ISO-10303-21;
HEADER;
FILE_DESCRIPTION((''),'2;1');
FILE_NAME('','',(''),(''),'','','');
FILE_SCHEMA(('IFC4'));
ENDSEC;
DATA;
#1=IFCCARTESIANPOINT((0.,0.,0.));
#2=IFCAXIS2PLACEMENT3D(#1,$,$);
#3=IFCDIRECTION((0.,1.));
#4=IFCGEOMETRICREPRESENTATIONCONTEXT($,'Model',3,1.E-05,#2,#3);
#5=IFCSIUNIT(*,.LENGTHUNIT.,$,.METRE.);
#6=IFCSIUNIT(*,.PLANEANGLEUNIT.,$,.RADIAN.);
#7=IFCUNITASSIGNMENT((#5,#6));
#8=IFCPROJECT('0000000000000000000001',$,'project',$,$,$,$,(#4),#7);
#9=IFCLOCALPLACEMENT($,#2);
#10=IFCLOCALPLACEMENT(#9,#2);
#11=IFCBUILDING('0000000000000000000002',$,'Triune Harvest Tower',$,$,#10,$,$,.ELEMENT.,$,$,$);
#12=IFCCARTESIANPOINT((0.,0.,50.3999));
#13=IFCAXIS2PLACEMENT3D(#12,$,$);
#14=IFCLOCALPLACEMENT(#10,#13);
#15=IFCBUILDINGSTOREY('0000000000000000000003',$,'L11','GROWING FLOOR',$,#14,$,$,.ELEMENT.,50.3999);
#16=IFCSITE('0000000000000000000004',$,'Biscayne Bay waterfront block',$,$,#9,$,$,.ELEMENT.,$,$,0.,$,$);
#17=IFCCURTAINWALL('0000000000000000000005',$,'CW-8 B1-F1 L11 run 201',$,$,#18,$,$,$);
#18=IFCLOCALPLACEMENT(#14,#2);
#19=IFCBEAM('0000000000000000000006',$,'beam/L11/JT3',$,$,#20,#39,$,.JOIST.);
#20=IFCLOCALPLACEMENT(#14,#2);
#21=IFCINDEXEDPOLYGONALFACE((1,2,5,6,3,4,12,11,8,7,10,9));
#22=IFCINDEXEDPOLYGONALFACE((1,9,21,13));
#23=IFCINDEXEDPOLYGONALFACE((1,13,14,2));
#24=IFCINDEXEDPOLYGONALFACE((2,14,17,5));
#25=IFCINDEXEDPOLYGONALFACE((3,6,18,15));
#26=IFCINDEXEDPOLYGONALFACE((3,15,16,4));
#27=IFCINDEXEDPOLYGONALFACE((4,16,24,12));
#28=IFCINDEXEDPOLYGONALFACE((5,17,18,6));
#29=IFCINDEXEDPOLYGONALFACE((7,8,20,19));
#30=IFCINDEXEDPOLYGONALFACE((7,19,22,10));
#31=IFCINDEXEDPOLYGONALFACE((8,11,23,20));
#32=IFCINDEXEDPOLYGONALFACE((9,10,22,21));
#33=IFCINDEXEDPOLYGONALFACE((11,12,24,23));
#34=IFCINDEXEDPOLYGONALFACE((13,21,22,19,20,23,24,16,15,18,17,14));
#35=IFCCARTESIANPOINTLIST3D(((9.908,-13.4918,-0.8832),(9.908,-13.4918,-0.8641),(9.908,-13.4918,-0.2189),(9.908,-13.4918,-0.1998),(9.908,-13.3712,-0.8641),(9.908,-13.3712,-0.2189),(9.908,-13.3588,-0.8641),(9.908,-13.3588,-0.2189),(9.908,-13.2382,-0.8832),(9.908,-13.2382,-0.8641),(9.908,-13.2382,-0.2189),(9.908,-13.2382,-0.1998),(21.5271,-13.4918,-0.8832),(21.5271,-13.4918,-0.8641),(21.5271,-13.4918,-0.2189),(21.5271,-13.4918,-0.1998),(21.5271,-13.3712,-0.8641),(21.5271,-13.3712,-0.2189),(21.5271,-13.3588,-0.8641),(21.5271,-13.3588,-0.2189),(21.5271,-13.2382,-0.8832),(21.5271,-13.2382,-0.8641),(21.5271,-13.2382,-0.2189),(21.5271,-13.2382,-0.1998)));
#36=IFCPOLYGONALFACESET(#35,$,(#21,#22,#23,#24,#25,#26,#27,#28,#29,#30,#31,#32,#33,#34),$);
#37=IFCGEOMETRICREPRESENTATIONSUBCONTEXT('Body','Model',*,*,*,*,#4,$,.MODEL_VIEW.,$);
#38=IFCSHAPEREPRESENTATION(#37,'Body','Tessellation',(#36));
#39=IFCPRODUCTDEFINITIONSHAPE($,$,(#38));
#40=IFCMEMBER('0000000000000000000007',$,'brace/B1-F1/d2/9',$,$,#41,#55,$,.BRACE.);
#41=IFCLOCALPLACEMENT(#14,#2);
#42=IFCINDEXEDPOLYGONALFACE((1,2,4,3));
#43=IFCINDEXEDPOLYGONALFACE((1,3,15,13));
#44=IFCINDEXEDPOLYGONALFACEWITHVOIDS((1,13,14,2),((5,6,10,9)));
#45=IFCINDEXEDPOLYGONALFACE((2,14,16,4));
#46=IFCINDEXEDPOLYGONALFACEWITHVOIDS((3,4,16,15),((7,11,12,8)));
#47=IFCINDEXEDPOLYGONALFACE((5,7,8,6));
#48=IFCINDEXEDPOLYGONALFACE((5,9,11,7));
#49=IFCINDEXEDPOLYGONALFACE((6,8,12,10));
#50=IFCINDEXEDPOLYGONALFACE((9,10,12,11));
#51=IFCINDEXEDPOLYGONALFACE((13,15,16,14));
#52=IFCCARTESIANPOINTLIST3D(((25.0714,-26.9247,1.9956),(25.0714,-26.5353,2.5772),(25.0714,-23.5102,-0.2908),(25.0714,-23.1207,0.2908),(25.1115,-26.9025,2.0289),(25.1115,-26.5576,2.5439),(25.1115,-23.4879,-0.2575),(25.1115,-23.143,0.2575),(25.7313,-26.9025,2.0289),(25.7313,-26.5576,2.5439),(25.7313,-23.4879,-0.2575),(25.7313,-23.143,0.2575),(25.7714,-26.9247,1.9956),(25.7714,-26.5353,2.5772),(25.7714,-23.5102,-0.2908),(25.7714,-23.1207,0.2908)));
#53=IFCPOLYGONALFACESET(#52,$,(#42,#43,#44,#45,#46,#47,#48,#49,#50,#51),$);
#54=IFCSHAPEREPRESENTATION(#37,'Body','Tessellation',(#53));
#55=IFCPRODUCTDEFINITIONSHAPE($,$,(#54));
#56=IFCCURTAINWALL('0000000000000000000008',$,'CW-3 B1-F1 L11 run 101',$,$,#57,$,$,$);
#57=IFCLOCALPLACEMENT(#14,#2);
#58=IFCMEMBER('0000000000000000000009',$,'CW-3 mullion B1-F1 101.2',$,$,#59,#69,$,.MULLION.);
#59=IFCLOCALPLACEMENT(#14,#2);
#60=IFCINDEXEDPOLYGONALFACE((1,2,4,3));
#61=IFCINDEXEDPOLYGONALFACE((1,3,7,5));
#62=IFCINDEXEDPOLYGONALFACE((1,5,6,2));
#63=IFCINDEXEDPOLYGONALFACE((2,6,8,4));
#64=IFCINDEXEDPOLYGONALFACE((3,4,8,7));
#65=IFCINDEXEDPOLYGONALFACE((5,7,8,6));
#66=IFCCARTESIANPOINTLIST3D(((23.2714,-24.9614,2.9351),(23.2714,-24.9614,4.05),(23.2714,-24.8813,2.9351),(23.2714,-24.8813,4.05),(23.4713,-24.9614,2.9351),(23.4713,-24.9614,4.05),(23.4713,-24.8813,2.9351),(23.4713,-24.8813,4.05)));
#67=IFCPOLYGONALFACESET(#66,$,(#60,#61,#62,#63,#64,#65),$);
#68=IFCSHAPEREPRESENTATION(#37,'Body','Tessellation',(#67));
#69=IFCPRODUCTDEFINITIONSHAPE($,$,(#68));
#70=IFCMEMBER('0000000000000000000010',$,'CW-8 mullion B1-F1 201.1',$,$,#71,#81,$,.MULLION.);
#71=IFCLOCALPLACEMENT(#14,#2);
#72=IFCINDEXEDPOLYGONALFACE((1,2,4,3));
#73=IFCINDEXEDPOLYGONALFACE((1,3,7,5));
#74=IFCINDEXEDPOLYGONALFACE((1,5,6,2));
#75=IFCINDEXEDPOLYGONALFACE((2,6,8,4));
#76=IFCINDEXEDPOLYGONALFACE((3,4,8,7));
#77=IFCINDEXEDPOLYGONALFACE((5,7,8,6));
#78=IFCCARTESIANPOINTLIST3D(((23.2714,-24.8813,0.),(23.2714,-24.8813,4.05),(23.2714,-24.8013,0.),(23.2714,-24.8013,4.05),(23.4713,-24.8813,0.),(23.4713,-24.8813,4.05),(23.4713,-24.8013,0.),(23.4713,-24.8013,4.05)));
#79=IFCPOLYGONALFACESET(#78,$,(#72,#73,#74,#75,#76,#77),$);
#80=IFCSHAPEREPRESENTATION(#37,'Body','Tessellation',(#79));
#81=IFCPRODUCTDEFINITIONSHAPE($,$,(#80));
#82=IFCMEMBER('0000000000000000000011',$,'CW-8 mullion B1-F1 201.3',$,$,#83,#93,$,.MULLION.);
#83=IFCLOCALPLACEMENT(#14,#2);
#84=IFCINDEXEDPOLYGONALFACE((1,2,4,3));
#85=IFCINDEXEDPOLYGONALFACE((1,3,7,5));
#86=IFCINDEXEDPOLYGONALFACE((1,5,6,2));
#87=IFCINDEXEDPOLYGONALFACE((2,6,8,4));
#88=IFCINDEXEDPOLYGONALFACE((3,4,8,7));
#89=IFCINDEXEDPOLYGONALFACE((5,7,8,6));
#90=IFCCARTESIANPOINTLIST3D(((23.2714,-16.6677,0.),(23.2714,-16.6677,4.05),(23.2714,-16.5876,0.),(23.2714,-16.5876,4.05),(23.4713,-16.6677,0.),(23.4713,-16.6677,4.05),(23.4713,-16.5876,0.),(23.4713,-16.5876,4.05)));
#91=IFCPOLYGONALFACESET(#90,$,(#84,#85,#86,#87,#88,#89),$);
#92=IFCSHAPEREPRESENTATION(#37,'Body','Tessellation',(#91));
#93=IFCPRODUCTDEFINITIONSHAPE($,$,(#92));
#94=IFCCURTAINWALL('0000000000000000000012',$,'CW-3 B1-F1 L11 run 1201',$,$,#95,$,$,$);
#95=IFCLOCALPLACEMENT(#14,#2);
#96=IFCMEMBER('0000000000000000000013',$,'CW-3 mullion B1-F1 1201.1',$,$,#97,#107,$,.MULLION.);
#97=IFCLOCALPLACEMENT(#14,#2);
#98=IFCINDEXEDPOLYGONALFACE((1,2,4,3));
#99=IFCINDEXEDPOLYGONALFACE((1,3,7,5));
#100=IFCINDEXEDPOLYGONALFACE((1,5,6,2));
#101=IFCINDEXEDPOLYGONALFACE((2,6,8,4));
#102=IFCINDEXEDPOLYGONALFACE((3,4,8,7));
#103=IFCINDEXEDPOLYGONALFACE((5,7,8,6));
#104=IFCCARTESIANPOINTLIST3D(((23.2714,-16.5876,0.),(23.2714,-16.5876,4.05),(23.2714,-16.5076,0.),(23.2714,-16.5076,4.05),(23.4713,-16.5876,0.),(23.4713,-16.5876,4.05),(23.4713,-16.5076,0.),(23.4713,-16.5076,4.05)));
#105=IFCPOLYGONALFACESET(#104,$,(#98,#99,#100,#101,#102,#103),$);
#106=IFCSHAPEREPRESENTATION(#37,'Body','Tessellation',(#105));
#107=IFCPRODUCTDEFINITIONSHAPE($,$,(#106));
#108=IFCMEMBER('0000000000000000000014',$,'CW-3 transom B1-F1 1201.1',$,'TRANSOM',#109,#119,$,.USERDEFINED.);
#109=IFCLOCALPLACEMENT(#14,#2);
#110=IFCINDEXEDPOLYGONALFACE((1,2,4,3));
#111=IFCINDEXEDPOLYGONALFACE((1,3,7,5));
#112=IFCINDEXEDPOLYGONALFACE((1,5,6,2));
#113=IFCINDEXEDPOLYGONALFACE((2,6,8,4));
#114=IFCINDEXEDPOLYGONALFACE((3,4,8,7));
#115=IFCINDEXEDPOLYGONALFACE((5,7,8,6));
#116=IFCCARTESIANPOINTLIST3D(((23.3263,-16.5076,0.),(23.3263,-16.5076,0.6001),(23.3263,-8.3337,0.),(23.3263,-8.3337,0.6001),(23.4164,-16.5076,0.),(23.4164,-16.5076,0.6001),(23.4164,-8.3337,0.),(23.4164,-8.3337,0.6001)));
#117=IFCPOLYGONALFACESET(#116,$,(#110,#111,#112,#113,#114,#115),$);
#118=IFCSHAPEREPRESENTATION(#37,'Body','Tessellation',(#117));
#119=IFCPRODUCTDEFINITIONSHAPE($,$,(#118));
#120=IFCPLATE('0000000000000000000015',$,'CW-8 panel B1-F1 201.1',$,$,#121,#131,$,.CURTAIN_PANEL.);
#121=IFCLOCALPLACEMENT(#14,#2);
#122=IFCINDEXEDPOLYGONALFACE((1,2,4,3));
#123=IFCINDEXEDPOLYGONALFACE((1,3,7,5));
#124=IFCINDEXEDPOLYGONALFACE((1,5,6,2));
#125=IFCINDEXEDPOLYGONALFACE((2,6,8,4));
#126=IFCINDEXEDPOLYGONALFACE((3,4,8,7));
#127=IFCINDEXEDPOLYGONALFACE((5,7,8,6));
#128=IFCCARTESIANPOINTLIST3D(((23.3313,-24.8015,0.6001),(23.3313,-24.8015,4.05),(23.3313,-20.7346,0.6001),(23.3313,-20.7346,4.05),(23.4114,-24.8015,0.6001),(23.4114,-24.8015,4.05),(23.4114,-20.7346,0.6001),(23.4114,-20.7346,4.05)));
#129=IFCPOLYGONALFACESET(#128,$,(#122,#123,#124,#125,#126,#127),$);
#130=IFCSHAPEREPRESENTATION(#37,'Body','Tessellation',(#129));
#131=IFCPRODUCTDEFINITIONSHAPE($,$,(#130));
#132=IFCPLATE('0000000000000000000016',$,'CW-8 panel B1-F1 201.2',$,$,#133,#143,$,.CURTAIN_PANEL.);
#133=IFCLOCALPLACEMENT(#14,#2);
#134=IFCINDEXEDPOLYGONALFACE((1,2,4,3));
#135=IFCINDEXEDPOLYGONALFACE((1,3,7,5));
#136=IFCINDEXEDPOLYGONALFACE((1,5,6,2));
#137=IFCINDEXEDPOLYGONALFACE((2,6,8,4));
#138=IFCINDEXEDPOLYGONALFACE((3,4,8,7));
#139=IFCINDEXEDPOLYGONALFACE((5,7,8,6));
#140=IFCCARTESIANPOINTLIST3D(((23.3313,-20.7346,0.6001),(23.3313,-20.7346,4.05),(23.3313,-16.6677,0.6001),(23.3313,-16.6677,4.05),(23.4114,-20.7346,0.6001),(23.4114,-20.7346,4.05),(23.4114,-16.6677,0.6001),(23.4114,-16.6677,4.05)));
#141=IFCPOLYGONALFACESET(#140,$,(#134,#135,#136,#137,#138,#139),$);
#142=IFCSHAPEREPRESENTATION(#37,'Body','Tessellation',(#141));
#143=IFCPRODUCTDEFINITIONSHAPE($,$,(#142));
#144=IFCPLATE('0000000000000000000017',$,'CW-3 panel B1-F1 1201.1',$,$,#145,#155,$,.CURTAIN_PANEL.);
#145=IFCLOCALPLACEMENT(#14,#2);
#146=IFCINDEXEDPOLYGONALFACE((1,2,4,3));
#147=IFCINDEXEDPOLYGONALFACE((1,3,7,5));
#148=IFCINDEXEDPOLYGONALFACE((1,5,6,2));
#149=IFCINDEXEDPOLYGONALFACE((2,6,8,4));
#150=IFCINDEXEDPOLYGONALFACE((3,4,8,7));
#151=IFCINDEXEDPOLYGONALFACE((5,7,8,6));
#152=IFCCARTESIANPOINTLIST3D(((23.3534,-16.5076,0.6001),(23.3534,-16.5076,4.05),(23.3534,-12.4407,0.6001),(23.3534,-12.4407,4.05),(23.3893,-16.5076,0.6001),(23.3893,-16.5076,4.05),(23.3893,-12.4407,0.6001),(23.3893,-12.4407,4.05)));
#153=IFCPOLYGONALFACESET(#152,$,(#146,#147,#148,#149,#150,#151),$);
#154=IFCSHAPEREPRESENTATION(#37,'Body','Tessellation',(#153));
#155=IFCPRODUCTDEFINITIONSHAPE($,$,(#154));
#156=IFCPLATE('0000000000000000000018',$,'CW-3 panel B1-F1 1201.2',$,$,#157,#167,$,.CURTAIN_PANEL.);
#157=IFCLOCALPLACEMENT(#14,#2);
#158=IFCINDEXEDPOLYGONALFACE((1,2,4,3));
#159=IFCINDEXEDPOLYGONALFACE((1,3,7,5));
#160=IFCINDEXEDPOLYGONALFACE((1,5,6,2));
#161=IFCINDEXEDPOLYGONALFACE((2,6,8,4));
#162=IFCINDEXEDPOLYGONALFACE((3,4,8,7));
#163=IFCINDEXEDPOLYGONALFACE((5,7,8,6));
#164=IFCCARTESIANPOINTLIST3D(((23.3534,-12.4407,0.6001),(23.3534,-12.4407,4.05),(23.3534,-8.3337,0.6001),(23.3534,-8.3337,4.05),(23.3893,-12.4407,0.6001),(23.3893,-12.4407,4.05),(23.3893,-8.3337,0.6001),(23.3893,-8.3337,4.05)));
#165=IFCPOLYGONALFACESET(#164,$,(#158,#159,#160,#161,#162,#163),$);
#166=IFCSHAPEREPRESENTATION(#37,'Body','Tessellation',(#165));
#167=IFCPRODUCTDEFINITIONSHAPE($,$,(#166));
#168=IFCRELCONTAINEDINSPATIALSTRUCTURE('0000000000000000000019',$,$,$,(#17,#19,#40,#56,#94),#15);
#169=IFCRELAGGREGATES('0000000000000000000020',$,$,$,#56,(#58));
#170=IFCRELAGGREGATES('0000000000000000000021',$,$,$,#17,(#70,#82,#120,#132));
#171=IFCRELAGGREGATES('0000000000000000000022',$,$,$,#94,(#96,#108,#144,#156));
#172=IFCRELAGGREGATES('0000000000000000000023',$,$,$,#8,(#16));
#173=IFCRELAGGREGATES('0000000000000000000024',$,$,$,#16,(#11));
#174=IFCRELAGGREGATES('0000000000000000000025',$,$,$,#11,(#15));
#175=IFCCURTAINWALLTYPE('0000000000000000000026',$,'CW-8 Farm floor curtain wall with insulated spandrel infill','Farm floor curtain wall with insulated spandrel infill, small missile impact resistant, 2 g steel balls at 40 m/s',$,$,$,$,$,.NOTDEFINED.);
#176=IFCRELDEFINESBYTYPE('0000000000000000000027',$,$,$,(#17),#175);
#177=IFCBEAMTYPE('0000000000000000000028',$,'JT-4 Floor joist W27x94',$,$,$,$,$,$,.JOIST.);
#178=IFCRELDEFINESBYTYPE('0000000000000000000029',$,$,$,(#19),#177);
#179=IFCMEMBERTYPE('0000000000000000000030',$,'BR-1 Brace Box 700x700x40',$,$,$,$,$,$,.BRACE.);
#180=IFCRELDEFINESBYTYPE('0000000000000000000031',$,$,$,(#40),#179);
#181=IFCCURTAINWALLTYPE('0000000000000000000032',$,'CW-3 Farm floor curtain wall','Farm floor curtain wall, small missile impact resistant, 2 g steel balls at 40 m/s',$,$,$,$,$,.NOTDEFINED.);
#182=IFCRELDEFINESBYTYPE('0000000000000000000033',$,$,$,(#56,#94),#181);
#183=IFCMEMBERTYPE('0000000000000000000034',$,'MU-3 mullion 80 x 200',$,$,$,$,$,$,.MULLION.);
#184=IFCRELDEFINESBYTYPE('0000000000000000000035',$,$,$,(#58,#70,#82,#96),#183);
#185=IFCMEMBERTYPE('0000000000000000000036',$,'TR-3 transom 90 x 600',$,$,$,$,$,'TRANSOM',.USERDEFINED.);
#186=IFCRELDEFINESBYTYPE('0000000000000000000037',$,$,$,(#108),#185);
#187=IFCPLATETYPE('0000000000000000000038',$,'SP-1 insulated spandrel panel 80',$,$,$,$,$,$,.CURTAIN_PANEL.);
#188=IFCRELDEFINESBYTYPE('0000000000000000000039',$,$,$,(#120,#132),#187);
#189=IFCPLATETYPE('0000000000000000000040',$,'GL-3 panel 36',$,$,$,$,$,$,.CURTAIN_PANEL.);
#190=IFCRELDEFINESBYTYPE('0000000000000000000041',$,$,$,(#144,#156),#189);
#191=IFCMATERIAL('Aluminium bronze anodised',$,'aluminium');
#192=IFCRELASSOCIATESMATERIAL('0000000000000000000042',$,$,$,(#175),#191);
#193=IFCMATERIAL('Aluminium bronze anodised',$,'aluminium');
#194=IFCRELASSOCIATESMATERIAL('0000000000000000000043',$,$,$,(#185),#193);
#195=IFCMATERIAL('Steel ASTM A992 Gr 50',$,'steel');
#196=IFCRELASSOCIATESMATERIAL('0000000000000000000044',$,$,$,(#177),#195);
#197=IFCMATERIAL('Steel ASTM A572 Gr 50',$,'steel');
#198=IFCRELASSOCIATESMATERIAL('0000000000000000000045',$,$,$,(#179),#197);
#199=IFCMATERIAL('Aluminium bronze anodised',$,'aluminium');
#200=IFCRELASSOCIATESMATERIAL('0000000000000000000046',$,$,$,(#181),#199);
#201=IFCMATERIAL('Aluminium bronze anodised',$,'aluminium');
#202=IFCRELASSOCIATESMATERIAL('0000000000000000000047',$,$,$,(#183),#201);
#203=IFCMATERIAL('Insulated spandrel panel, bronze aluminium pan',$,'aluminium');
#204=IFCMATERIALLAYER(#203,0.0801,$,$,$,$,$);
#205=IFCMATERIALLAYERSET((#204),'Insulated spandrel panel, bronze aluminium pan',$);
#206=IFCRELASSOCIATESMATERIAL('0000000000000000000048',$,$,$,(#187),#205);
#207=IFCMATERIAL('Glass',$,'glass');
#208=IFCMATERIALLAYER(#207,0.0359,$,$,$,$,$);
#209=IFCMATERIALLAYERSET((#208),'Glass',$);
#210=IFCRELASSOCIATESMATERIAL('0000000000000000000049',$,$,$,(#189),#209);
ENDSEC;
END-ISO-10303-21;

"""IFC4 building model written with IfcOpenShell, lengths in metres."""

from ifc_helpers import new_model, si_unit, direction, frame, origin, origin_2d, place, context, subcontext, project, spatial, rectangle, hollow_rectangle, i_section, extrude, source, transform, mapped, material, layer, layer_set, material_profile, profile_set, type_object, element, aggregate, save


model = new_model("IFC4")

# Units and contexts
model_context = context("Model", 3, precision=1e-05, world=origin(), true_north=direction((0.0, 1.0)))
body_context = subcontext(model_context, "Body", "Model", "MODEL_VIEW")
ifc_project = project(units=[si_unit("LENGTHUNIT", "METRE"), si_unit("PLANEANGLEUNIT", "RADIAN")], contexts=[model_context])

# Site, building, storey
site_placement = place(None, origin())
site = spatial("IfcSite", under=ifc_project, at=site_placement, Name="Biscayne Bay waterfront block", CompositionType="ELEMENT", RefElevation=0.0)
building_placement = place(site_placement, origin())
building = spatial("IfcBuilding", under=site, at=building_placement, Name="Triune Harvest Tower", CompositionType="ELEMENT")
storey_placement = place(building_placement, frame((0.0, 0.0, 50.3999)))
storey = spatial("IfcBuildingStorey", under=building, at=storey_placement, Name="L11", Description="GROWING FLOOR", CompositionType="ELEMENT", Elevation=50.3999)

# Curtain wall
ifc_material_1 = material(Name="Aluminium bronze anodised", Category="aluminium")
curtain_wall_type_1 = type_object("IfcCurtainWallType", Name="CW-8 Farm floor curtain wall with insulated spandrel infill", Description="Farm floor curtain wall with insulated spandrel infill, small missile impact resistant, 2 g steel balls at 40 m/s", PredefinedType="NOTDEFINED", material=ifc_material_1)
curtain_wall_1_placement = place(storey_placement, origin())
curtain_wall_1 = element("IfcCurtainWall", 1, at=curtain_wall_1_placement, inside=storey, type_object=curtain_wall_type_1, Name="CW-8 B1-F1 L11 run 201")
ifc_material_2 = material(Name="Aluminium bronze anodised", Category="aluminium")
ifc_material_profile_1 = material_profile(ifc_material_2, rectangle(XDim=0.0901, YDim=0.6001, at=origin_2d()), Name="TR-3 transom 90 x 600")
ifc_profile_set_1 = profile_set([ifc_material_profile_1], Name="Aluminium bronze anodised")
member_type_1 = type_object("IfcMemberType", Name="TR-3 transom 90 x 600", ElementType="TRANSOM", PredefinedType="USERDEFINED", material=ifc_profile_set_1)

# Beam
ifc_material_3 = material(Name="Steel ASTM A992 Gr 50", Category="steel")
ifc_material_profile_2 = material_profile(ifc_material_3, i_section(OverallWidth=0.2537, OverallDepth=0.6833, WebThickness=0.0125, FlangeThickness=0.019, at=origin_2d()), Name="W27x94")
ifc_profile_set_2 = profile_set([ifc_material_profile_2], Name="Steel ASTM A992 Gr 50")
beam_type_1 = type_object("IfcBeamType", Name="JT-4 Floor joist W27x94", PredefinedType="JOIST", material=ifc_profile_set_2)
shared_shape_1 = source(origin(), body_context, "Body", "SweptSolid", [
    extrude(i_section(OverallWidth=0.2537, OverallDepth=0.6833, WebThickness=0.0125, FlangeThickness=0.019, at=origin_2d()), origin(), (0.0, 0.0, 1.0), 11.6191),
])
beam_1_placement = place(storey_placement, frame((21.5271, -13.365, -0.5415), z_axis=(-1.0, 0.0, 0.0), x_axis=(0.0, -1.0, 0.0)))
element("IfcBeam", 2, at=beam_1_placement, inside=storey, type_object=beam_type_1, Name="beam/L11/JT3", PredefinedType="JOIST", context=body_context, shape_type="MappedRepresentation", body=[
    mapped(shared_shape_1, transform((0.0, 0.0, 0.0), scale=1.0)),
])

# Member
ifc_material_4 = material(Name="Steel ASTM A572 Gr 50", Category="steel")
ifc_material_profile_3 = material_profile(ifc_material_4, hollow_rectangle(XDim=0.7, YDim=0.7, WallThickness=0.04, at=origin_2d()), Name="Box 700x700x40")
ifc_profile_set_3 = profile_set([ifc_material_profile_3], Name="Steel ASTM A572 Gr 50")
member_type_2 = type_object("IfcMemberType", Name="BR-1 Brace Box 700x700x40", PredefinedType="BRACE", material=ifc_profile_set_3)
shared_shape_2 = source(origin(), body_context, "Body", "SweptSolid", [
    extrude(hollow_rectangle(XDim=0.7, YDim=0.7, WallThickness=0.04, at=origin_2d()), origin(), (0.0, 0.0, 1.0), 4.1094),
])
member_1_placement = place(storey_placement, frame((25.4214, -23.3154, 0.0), z_axis=(0.0, -0.830924, 0.556385), x_axis=(1.0, 0.0, 0.0)))
element("IfcMember", 3, at=member_1_placement, inside=storey, type_object=member_type_2, Name="brace/B1-F1/d2/9", PredefinedType="BRACE", context=body_context, shape_type="MappedRepresentation", body=[
    mapped(shared_shape_2, transform((0.0, 0.0, 0.0), scale=1.0)),
])

# Curtain wall, member
ifc_material_5 = material(Name="Aluminium bronze anodised", Category="aluminium")
curtain_wall_type_2 = type_object("IfcCurtainWallType", Name="CW-3 Farm floor curtain wall", Description="Farm floor curtain wall, small missile impact resistant, 2 g steel balls at 40 m/s", PredefinedType="NOTDEFINED", material=ifc_material_5)
curtain_wall_2_placement = place(storey_placement, origin())
curtain_wall_2 = element("IfcCurtainWall", 4, at=curtain_wall_2_placement, inside=storey, type_object=curtain_wall_type_2, Name="CW-3 B1-F1 L11 run 101")
ifc_material_6 = material(Name="Aluminium bronze anodised", Category="aluminium")
ifc_material_profile_4 = material_profile(ifc_material_6, rectangle(XDim=0.2, YDim=0.0801, at=origin_2d()), Name="MU-3 mullion 80 x 200")
ifc_profile_set_4 = profile_set([ifc_material_profile_4], Name="Aluminium bronze anodised")
member_type_3 = type_object("IfcMemberType", Name="MU-3 mullion 80 x 200", PredefinedType="MULLION", material=ifc_profile_set_4)
shared_shape_3 = source(origin(), body_context, "Body", "SweptSolid", [
    extrude(rectangle(XDim=0.2, YDim=0.0801, at=origin_2d()), origin(), (0.0, 0.0, 1.0), 1.115),
])
member_2_placement = place(storey_placement, frame((23.3713, -24.9214, 2.9351), z_axis=(0.0, 0.0, 1.0), x_axis=(-1.0, 0.0, 0.0)))
member_2 = element("IfcMember", 5, at=member_2_placement, type_object=member_type_3, Name="CW-3 mullion B1-F1 101.2", PredefinedType="MULLION", context=body_context, shape_type="MappedRepresentation", body=[
    mapped(shared_shape_3, transform((0.0, 0.0, 0.0), scale=1.0)),
])
aggregate(curtain_wall_2, [member_2])

# Members
shared_shape_4 = source(origin(), body_context, "Body", "SweptSolid", [
    extrude(rectangle(XDim=0.2, YDim=0.0801, at=origin_2d()), origin(), (0.0, 0.0, 1.0), 4.05),
])
member_3_placement = place(storey_placement, frame((23.3713, -24.8413, 0.0), z_axis=(0.0, 0.0, 1.0), x_axis=(-1.0, 0.0, 0.0)))
member_3 = element("IfcMember", 6, at=member_3_placement, type_object=member_type_3, Name="CW-8 mullion B1-F1 201.1", PredefinedType="MULLION", context=body_context, shape_type="MappedRepresentation", body=[
    mapped(shared_shape_4, transform((0.0, 0.0, 0.0), scale=1.0)),
])
member_4_placement = place(storey_placement, frame((23.3713, -16.6277, 0.0), z_axis=(0.0, 0.0, 1.0), x_axis=(-1.0, 0.0, 0.0)))
member_4 = element("IfcMember", 7, at=member_4_placement, type_object=member_type_3, Name="CW-8 mullion B1-F1 201.3", PredefinedType="MULLION", context=body_context, shape_type="MappedRepresentation", body=[
    mapped(shared_shape_4, transform((0.0, 0.0, 0.0), scale=1.0)),
])

# Curtain wall, members
curtain_wall_3_placement = place(storey_placement, origin())
curtain_wall_3 = element("IfcCurtainWall", 8, at=curtain_wall_3_placement, inside=storey, type_object=curtain_wall_type_2, Name="CW-3 B1-F1 L11 run 1201")
member_5_placement = place(storey_placement, frame((23.3713, -16.5476, 0.0), z_axis=(0.0, 0.0, 1.0), x_axis=(-1.0, 0.0, 0.0)))
member_5 = element("IfcMember", 9, at=member_5_placement, type_object=member_type_3, Name="CW-3 mullion B1-F1 1201.1", PredefinedType="MULLION", context=body_context, shape_type="MappedRepresentation", body=[
    mapped(shared_shape_4, transform((0.0, 0.0, 0.0), scale=1.0)),
])
shared_shape_5 = source(origin(), body_context, "Body", "SweptSolid", [
    extrude(rectangle(XDim=0.0901, YDim=0.6001, at=origin_2d()), origin(), (0.0, 0.0, 1.0), 8.1738),
])
member_6_placement = place(storey_placement, frame((23.3713, -16.5076, 0.3), z_axis=(0.0, 1.0, 0.0), x_axis=(-1.0, 0.0, 0.0)))
member_6 = element("IfcMember", 10, at=member_6_placement, type_object=member_type_1, Name="CW-3 transom B1-F1 1201.1", ObjectType="TRANSOM", PredefinedType="USERDEFINED", context=body_context, shape_type="MappedRepresentation", body=[
    mapped(shared_shape_5, transform((0.0, 0.0, 0.0), scale=1.0)),
])

# Plates
ifc_material_7 = material(Name="Insulated spandrel panel, bronze aluminium pan", Category="aluminium")
ifc_layer_1 = layer(ifc_material_7, 0.0801)
ifc_layer_set_1 = layer_set([ifc_layer_1], Name="Insulated spandrel panel, bronze aluminium pan")
plate_type_1 = type_object("IfcPlateType", Name="SP-1 insulated spandrel panel 80", PredefinedType="CURTAIN_PANEL", material=ifc_layer_set_1)
shared_shape_6 = source(origin(), body_context, "Body", "SweptSolid", [
    extrude(rectangle(XDim=4.0669, YDim=0.0801, at=origin_2d()), origin(), (0.0, 0.0, 1.0), 3.45),
])
plate_1_placement = place(storey_placement, frame((23.3713, -22.7681, 0.6001), z_axis=(0.0, 0.0, 1.0), x_axis=(0.0, 1.0, 0.0)))
plate_1 = element("IfcPlate", 11, at=plate_1_placement, type_object=plate_type_1, Name="CW-8 panel B1-F1 201.1", PredefinedType="CURTAIN_PANEL", context=body_context, shape_type="MappedRepresentation", body=[
    mapped(shared_shape_6, transform((0.0, 0.0, 0.0), scale=1.0)),
])
plate_2_placement = place(storey_placement, frame((23.3713, -18.7012, 0.6001), z_axis=(0.0, 0.0, 1.0), x_axis=(0.0, 1.0, 0.0)))
plate_2 = element("IfcPlate", 12, at=plate_2_placement, type_object=plate_type_1, Name="CW-8 panel B1-F1 201.2", PredefinedType="CURTAIN_PANEL", context=body_context, shape_type="MappedRepresentation", body=[
    mapped(shared_shape_6, transform((0.0, 0.0, 0.0), scale=1.0)),
])
aggregate(curtain_wall_1, [member_3, member_4, plate_1, plate_2])
ifc_material_8 = material(Name="Glass", Category="glass")
ifc_layer_2 = layer(ifc_material_8, 0.0359)
ifc_layer_set_2 = layer_set([ifc_layer_2], Name="Glass")
plate_type_2 = type_object("IfcPlateType", Name="GL-3 panel 36", PredefinedType="CURTAIN_PANEL", material=ifc_layer_set_2)
shared_shape_7 = source(origin(), body_context, "Body", "SweptSolid", [
    extrude(rectangle(XDim=4.0669, YDim=0.0359, at=origin_2d()), origin(), (0.0, 0.0, 1.0), 3.45),
])
plate_3_placement = place(storey_placement, frame((23.3713, -14.4741, 0.6001), z_axis=(0.0, 0.0, 1.0), x_axis=(0.0, 1.0, 0.0)))
plate_3 = element("IfcPlate", 13, at=plate_3_placement, type_object=plate_type_2, Name="CW-3 panel B1-F1 1201.1", PredefinedType="CURTAIN_PANEL", context=body_context, shape_type="MappedRepresentation", body=[
    mapped(shared_shape_7, transform((0.0, 0.0, 0.0), scale=1.0)),
])
shared_shape_8 = source(origin(), body_context, "Body", "SweptSolid", [
    extrude(rectangle(XDim=4.1069, YDim=0.0359, at=origin_2d()), origin(), (0.0, 0.0, 1.0), 3.45),
])
plate_4_placement = place(storey_placement, frame((23.3713, -10.3872, 0.6001), z_axis=(0.0, 0.0, 1.0), x_axis=(0.0, 1.0, 0.0)))
plate_4 = element("IfcPlate", 14, at=plate_4_placement, type_object=plate_type_2, Name="CW-3 panel B1-F1 1201.2", PredefinedType="CURTAIN_PANEL", context=body_context, shape_type="MappedRepresentation", body=[
    mapped(shared_shape_8, transform((0.0, 0.0, 0.0), scale=1.0)),
])
aggregate(curtain_wall_3, [member_5, member_6, plate_3, plate_4])

save(model, "model.ifc")
